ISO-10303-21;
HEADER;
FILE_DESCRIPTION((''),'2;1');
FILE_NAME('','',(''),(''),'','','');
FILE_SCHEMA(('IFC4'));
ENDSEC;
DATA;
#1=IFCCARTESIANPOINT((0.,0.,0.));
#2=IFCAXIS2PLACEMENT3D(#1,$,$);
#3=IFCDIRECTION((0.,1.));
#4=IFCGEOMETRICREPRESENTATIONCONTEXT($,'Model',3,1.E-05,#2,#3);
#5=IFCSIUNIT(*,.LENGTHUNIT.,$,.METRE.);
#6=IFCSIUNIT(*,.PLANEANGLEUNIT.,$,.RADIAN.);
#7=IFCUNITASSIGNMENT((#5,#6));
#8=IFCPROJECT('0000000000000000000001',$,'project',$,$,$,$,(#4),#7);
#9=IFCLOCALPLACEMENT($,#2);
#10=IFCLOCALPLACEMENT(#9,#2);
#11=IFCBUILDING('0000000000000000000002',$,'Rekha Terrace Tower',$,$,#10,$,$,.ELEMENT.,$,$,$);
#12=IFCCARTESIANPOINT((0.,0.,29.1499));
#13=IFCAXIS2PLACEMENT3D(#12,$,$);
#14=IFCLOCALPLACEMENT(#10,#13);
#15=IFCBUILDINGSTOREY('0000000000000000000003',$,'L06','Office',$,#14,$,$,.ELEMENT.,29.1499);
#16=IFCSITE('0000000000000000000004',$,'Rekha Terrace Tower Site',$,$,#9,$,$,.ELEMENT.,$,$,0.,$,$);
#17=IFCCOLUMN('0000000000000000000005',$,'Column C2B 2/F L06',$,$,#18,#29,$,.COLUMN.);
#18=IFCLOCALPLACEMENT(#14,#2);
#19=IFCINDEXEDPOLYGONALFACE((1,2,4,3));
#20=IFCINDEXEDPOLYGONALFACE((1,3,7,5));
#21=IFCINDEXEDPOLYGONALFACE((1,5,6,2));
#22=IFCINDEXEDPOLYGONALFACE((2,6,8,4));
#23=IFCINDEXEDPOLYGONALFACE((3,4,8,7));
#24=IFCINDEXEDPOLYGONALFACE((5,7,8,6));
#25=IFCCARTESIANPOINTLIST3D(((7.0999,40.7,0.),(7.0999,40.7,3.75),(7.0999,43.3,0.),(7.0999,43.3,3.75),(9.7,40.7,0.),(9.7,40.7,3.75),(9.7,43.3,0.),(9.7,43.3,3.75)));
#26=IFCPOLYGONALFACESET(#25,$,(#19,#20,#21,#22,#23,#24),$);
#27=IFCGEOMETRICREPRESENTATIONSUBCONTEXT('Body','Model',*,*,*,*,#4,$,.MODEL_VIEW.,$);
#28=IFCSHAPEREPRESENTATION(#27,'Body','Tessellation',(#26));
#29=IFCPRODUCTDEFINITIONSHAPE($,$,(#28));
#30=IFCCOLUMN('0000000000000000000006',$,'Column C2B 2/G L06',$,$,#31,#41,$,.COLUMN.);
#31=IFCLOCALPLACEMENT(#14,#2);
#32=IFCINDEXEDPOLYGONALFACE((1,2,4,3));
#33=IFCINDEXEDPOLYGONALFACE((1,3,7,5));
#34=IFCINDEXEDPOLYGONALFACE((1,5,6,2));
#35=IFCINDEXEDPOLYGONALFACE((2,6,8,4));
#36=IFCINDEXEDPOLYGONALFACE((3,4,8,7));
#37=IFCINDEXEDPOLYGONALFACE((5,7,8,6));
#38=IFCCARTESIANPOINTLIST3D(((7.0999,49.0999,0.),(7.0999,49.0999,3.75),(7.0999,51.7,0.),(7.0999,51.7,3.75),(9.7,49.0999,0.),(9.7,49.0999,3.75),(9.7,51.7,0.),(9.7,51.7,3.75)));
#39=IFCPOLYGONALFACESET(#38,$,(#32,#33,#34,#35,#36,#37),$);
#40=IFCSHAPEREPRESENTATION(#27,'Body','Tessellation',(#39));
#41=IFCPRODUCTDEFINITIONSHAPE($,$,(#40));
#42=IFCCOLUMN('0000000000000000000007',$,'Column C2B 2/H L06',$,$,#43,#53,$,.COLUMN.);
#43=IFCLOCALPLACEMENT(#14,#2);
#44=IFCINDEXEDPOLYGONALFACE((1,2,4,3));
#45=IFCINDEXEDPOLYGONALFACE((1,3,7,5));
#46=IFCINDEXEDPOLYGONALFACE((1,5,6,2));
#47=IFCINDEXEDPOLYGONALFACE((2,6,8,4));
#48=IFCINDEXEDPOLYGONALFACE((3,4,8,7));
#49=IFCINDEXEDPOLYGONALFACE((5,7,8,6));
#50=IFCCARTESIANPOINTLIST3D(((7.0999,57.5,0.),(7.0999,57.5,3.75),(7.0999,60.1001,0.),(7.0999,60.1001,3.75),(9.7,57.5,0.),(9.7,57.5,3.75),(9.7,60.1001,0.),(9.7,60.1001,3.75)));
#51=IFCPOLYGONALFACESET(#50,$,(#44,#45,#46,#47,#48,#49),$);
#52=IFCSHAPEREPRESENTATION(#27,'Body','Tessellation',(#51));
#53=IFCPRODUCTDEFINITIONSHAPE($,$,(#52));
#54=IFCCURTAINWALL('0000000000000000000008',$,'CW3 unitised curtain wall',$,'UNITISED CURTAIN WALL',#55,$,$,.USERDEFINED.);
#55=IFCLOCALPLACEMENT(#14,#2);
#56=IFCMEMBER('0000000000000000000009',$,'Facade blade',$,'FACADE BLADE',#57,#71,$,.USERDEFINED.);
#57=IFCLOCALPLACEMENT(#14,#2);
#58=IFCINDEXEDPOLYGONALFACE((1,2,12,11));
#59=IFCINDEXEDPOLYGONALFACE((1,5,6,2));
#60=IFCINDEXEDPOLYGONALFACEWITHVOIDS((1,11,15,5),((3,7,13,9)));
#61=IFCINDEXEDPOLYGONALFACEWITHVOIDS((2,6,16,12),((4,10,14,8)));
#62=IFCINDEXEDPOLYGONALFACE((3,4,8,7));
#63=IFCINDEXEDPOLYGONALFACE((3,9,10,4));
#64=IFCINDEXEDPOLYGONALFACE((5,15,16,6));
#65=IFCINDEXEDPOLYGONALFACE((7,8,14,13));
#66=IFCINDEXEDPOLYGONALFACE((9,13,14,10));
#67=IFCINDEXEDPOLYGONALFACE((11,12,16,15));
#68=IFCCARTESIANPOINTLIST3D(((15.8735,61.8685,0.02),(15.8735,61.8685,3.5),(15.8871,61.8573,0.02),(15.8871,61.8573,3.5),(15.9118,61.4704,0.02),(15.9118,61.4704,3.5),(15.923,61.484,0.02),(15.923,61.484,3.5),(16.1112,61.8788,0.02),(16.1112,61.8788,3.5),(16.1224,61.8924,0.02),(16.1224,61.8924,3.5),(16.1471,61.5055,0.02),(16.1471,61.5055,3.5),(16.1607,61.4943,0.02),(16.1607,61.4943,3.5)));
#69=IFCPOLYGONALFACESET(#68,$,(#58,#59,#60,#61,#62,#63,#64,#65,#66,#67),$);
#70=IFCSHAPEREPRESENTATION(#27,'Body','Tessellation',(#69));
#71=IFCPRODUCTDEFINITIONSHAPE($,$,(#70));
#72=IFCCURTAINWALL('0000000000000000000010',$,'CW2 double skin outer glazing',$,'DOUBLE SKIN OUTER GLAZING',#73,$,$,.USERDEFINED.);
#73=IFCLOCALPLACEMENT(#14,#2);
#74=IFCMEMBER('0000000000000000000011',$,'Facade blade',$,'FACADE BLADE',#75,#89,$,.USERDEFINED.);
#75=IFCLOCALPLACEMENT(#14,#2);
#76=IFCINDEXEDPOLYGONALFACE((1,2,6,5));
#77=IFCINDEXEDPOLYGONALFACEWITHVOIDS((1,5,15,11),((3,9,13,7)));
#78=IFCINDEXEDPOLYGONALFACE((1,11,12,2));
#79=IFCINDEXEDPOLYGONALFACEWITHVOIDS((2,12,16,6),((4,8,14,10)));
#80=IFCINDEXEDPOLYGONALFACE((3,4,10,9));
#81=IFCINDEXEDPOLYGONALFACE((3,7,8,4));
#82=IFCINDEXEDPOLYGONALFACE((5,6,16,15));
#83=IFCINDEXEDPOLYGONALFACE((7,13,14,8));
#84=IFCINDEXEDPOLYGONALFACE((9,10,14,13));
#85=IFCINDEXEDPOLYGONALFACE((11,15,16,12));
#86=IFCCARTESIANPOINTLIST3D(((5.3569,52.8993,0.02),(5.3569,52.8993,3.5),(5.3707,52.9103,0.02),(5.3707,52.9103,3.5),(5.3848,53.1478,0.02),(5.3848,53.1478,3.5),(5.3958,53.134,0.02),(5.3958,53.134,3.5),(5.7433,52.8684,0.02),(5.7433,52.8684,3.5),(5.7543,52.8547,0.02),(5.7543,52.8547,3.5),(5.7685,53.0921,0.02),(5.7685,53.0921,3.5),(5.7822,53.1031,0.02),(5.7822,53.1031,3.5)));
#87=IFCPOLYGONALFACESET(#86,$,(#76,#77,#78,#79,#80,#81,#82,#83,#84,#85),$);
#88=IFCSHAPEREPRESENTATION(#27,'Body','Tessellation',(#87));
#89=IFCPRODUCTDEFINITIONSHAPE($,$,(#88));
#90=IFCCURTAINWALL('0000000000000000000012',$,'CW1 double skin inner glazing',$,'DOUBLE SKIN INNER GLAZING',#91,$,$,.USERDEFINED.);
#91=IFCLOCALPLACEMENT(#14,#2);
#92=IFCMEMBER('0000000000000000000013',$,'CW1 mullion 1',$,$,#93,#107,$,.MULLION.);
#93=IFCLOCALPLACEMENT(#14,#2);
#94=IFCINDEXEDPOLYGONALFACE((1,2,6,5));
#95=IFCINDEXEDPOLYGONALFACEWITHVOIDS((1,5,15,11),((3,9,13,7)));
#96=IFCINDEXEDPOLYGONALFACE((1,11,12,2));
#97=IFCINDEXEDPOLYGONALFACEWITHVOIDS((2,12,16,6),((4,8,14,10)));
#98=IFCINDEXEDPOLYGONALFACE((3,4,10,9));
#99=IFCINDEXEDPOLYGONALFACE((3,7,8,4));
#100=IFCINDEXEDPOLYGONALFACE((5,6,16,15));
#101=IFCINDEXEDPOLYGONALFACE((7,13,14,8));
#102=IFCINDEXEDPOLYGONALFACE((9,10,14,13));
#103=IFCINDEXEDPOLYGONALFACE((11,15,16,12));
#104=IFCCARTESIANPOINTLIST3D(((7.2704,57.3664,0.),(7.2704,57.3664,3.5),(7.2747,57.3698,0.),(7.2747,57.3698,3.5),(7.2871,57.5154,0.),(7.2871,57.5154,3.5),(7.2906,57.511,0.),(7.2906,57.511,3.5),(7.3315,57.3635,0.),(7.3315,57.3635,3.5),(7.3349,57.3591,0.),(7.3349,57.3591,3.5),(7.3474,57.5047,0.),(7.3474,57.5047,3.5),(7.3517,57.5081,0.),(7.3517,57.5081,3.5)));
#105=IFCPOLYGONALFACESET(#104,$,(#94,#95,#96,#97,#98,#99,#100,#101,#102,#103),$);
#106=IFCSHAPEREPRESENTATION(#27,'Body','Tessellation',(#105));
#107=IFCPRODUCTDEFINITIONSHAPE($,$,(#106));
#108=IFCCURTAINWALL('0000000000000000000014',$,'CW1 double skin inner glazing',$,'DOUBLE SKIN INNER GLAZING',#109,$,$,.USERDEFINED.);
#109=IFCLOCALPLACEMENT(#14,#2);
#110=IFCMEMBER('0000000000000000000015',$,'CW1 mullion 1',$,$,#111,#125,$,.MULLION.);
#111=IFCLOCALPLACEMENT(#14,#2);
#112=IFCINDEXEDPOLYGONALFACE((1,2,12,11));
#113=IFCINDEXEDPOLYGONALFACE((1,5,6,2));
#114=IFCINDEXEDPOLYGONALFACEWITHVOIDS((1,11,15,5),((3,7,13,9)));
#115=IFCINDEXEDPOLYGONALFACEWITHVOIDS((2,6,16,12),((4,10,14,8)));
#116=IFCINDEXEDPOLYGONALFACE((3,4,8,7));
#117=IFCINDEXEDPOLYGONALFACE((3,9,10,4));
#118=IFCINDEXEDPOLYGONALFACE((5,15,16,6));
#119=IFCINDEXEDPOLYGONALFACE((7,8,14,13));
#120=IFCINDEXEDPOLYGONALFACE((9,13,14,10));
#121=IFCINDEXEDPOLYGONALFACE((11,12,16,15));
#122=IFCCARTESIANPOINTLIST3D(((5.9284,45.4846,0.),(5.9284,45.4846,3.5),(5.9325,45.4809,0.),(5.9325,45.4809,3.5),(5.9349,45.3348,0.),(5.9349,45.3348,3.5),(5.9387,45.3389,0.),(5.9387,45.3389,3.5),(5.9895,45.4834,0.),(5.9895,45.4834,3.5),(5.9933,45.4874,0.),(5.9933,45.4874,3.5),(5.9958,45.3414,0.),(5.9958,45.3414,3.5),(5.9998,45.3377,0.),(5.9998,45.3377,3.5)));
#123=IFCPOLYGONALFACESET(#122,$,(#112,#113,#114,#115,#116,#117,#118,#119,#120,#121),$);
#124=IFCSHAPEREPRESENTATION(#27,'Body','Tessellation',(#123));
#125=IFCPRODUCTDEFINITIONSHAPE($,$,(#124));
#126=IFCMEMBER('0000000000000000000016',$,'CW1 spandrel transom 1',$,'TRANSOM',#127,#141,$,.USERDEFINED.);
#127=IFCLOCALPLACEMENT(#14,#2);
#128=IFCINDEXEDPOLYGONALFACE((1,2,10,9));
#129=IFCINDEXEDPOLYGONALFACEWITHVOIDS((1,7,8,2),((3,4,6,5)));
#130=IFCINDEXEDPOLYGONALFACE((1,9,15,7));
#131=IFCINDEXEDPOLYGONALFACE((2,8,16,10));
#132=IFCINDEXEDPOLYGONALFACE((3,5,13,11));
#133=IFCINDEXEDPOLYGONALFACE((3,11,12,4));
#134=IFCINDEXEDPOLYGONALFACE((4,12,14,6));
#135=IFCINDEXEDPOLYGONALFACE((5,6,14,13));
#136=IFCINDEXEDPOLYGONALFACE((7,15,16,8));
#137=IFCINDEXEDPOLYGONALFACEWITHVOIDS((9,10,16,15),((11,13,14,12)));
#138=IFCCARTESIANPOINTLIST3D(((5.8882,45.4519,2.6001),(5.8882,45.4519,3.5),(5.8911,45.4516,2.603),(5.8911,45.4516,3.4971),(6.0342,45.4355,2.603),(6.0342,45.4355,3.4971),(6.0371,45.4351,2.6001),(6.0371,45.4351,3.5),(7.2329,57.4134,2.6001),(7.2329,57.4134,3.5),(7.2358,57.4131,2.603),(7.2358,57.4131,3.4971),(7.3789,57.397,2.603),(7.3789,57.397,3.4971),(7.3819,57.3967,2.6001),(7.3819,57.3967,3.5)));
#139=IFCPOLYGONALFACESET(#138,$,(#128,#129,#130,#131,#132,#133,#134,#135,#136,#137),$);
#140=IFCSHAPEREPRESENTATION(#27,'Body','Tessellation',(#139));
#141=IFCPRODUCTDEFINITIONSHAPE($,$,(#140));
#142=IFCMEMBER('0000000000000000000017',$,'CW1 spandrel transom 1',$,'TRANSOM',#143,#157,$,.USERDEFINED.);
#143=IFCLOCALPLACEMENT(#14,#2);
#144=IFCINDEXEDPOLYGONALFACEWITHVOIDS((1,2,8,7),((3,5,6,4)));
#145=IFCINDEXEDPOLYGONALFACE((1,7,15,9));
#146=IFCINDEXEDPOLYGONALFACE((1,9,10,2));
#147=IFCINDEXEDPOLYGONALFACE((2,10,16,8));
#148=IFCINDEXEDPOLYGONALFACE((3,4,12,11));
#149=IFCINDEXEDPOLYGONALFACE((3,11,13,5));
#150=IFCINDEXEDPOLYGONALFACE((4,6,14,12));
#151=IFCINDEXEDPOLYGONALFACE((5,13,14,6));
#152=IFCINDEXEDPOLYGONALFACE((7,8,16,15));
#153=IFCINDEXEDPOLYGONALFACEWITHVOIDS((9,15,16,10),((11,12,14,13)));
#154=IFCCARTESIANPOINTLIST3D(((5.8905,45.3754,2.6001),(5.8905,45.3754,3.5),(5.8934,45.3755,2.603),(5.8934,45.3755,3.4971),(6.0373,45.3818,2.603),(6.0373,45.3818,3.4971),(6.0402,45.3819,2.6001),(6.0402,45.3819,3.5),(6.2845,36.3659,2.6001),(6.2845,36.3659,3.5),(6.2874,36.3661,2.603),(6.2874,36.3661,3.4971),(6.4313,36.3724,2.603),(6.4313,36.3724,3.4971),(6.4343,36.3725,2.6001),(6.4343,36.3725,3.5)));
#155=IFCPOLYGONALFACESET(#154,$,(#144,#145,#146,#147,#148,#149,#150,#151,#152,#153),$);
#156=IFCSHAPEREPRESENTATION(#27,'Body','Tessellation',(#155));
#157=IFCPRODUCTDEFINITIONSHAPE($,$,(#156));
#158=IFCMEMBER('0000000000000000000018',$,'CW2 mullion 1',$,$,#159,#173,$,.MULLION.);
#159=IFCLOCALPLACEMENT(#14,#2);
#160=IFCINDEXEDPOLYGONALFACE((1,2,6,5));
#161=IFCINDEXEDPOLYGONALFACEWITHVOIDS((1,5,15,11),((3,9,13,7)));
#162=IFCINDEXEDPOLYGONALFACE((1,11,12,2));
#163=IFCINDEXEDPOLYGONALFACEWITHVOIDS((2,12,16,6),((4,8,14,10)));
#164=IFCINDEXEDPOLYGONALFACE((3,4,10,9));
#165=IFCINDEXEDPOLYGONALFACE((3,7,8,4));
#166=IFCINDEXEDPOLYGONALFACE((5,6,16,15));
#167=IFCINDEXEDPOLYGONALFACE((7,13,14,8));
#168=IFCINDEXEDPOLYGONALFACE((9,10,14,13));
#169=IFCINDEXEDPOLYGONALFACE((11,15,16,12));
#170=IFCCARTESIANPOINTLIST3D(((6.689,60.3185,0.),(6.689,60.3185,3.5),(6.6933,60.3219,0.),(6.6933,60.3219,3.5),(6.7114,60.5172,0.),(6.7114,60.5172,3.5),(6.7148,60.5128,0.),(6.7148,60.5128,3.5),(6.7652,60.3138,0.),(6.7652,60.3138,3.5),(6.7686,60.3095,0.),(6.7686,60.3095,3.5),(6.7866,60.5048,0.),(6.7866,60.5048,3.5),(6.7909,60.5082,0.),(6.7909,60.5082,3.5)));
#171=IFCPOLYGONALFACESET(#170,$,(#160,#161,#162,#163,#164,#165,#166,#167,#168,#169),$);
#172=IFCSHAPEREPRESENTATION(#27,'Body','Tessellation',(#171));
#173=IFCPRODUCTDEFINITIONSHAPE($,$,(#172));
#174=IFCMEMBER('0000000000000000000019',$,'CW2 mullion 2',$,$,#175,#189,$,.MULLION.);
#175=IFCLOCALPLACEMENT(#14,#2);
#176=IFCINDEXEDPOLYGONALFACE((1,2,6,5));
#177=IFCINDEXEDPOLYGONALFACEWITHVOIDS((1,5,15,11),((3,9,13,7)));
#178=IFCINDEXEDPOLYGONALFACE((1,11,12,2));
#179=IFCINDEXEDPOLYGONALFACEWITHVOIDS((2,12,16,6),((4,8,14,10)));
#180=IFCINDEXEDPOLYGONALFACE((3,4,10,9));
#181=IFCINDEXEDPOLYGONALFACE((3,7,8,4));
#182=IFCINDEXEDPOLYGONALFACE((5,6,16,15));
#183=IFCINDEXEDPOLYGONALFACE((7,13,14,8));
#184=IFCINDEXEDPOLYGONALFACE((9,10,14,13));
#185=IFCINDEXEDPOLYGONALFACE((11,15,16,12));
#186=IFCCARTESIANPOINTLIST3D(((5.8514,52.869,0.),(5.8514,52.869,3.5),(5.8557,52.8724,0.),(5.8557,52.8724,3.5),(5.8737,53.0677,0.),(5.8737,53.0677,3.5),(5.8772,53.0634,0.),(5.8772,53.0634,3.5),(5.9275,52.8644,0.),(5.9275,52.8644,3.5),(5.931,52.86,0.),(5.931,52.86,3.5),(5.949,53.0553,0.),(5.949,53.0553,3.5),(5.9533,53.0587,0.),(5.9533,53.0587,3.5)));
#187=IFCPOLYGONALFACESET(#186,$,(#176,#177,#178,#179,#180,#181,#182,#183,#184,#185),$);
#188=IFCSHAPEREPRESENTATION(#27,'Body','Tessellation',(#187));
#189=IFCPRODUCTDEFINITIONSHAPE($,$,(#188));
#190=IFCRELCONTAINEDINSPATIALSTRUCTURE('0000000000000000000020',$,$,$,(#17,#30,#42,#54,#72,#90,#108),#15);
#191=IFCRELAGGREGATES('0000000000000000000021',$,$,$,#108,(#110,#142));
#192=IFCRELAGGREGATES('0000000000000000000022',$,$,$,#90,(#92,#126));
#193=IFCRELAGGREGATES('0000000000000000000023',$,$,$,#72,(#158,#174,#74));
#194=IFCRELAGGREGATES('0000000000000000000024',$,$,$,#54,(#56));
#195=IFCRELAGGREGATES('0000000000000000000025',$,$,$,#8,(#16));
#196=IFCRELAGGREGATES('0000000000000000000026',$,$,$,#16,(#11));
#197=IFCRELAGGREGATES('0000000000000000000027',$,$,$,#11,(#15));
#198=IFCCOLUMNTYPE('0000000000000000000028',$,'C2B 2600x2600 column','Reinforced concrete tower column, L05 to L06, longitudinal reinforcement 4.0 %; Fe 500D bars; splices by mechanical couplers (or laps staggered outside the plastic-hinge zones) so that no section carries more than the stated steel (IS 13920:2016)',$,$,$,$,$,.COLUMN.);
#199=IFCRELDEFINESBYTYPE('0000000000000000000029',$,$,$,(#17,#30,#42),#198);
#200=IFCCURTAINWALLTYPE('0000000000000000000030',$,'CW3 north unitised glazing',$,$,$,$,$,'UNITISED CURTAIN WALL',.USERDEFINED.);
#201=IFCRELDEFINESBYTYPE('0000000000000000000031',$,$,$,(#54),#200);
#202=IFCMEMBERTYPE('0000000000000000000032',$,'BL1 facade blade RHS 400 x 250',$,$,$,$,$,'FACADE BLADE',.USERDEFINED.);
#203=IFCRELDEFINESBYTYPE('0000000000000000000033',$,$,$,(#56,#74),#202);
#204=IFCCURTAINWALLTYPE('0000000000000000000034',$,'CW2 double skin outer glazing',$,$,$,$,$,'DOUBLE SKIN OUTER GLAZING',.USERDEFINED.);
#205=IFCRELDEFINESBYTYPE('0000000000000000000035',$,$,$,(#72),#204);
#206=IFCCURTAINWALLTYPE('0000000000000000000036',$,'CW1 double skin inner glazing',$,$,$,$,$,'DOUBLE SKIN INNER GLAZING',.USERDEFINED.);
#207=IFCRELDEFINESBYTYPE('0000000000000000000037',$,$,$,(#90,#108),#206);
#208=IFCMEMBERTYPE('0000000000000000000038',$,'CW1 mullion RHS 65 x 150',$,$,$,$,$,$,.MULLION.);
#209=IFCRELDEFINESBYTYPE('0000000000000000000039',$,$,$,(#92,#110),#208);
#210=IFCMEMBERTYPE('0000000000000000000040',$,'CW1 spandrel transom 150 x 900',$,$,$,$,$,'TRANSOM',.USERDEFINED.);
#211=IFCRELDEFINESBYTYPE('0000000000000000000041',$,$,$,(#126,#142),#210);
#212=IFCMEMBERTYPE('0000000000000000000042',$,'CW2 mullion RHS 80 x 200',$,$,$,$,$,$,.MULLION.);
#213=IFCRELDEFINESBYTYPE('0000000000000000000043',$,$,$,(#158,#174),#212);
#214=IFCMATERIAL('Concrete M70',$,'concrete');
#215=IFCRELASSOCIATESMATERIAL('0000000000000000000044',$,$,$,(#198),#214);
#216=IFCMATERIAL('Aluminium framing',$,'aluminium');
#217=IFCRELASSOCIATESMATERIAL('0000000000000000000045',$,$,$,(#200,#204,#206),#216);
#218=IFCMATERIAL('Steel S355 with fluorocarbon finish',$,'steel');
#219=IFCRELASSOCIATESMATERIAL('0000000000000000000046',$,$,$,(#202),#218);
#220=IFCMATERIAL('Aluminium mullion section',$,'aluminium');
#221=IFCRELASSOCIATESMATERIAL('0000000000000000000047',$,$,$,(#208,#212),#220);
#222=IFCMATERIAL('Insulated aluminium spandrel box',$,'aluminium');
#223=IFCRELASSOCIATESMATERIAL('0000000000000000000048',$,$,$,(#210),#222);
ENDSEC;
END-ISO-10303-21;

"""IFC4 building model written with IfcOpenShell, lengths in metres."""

from ifc_helpers import new_model, si_unit, direction, frame, origin, origin_2d, place, context, subcontext, project, spatial, rectangle, hollow_rectangle, extrude, material, material_profile, profile_set, type_object, element, aggregate, save


model = new_model("IFC4")

# Units and contexts
model_context = context("Model", 3, precision=1e-05, world=origin(), true_north=direction((0.0, 1.0)))
body_context = subcontext(model_context, "Body", "Model", "MODEL_VIEW")
ifc_project = project(units=[si_unit("LENGTHUNIT", "METRE"), si_unit("PLANEANGLEUNIT", "RADIAN")], contexts=[model_context])

# Site, building, storey
site_placement = place(None, origin())
site = spatial("IfcSite", under=ifc_project, at=site_placement, Name="Rekha Terrace Tower Site", CompositionType="ELEMENT", RefElevation=0.0)
building_placement = place(site_placement, origin())
building = spatial("IfcBuilding", under=site, at=building_placement, Name="Rekha Terrace Tower", CompositionType="ELEMENT")
storey_placement = place(building_placement, frame((0.0, 0.0, 29.1499)))
storey = spatial("IfcBuildingStorey", under=building, at=storey_placement, Name="L06", Description="Office", CompositionType="ELEMENT", Elevation=29.1499)

# Columns
ifc_material_1 = material(Name="Concrete M70", Category="concrete")
ifc_material_profile_1 = material_profile(ifc_material_1, rectangle(XDim=2.6001, YDim=2.6001, at=origin_2d()), Name="RC 2600x2600")
ifc_profile_set_1 = profile_set([ifc_material_profile_1], Name="Concrete M70")
column_type = type_object("IfcColumnType", Name="C2B 2600x2600 column", Description="Reinforced concrete tower column, L05 to L06, longitudinal reinforcement 4.0 %; Fe 500D bars; splices by mechanical couplers (or laps staggered outside the plastic-hinge zones) so that no section carries more than the stated steel (IS 13920:2016)", PredefinedType="COLUMN", material=ifc_profile_set_1)
for number, where, z_axis, x_axis, name in (
    (1, (8.3999, 42.0, 0.0), (0.0, 0.0, 1.0), (1.0, 0.0, 0.0), "Column C2B 2/F L06"),
    (2, (8.3999, 50.3999, 0.0), (0.0, 0.0, 1.0), (1.0, 0.0, 0.0), "Column C2B 2/G L06"),
    (3, (8.3999, 58.8, 0.0), (0.0, 0.0, 1.0), (1.0, 0.0, 0.0), "Column C2B 2/H L06"),
):
    element("IfcColumn", number, at=place(storey_placement, frame(where, z_axis=z_axis, x_axis=x_axis)), inside=storey, type_object=column_type, Name=name, PredefinedType="COLUMN", context=body_context, shape_type="SweptSolid", body=[
        extrude(rectangle(XDim=2.6001, YDim=2.6001, at=origin_2d()), origin(), (0.0, 0.0, 1.0), 3.75),
    ])

# Curtain walls, members
ifc_material_2 = material(Name="Aluminium framing", Category="aluminium")
curtain_wall_type_1 = type_object("IfcCurtainWallType", Name="CW3 north unitised glazing", ElementType="UNITISED CURTAIN WALL", PredefinedType="USERDEFINED", material=ifc_material_2)
curtain_wall_1_placement = place(storey_placement, origin())
curtain_wall_1 = element("IfcCurtainWall", 4, at=curtain_wall_1_placement, inside=storey, type_object=curtain_wall_type_1, Name="CW3 unitised curtain wall", ObjectType="UNITISED CURTAIN WALL", PredefinedType="USERDEFINED")
ifc_material_3 = material(Name="Steel S355 with fluorocarbon finish", Category="steel")
ifc_material_profile_2 = material_profile(ifc_material_3, hollow_rectangle(XDim=0.25, YDim=0.3999, WallThickness=0.0125, at=origin_2d()), Name="RHS400x250x12.5")
ifc_profile_set_2 = profile_set([ifc_material_profile_2], Name="Steel S355 with fluorocarbon finish")
member_type_1 = type_object("IfcMemberType", Name="BL1 facade blade RHS 400 x 250", ElementType="FACADE BLADE", PredefinedType="USERDEFINED", material=ifc_profile_set_2)
member_1_placement = place(storey_placement, frame((16.0171, 61.6814, 0.02), z_axis=(0.0, 0.0, 1.0), x_axis=(-0.995409, -0.095712, 0.0)))
member_1 = element("IfcMember", 5, at=member_1_placement, type_object=member_type_1, Name="Facade blade", ObjectType="FACADE BLADE", PredefinedType="USERDEFINED", context=body_context, shape_type="SweptSolid", body=[
    extrude(hollow_rectangle(XDim=0.25, YDim=0.3999, WallThickness=0.0125, at=origin_2d()), origin(), (0.0, 0.0, 1.0), 3.48),
])
curtain_wall_type_2 = type_object("IfcCurtainWallType", Name="CW2 double skin outer glazing", ElementType="DOUBLE SKIN OUTER GLAZING", PredefinedType="USERDEFINED", material=ifc_material_2)
curtain_wall_2_placement = place(storey_placement, origin())
curtain_wall_2 = element("IfcCurtainWall", 6, at=curtain_wall_2_placement, inside=storey, type_object=curtain_wall_type_2, Name="CW2 double skin outer glazing", ObjectType="DOUBLE SKIN OUTER GLAZING", PredefinedType="USERDEFINED")
member_2_placement = place(storey_placement, frame((5.5696, 53.0012, 0.02), z_axis=(0.0, 0.0, 1.0), x_axis=(-0.111729, -0.993739, 0.0)))
member_2 = element("IfcMember", 7, at=member_2_placement, type_object=member_type_1, Name="Facade blade", ObjectType="FACADE BLADE", PredefinedType="USERDEFINED", context=body_context, shape_type="SweptSolid", body=[
    extrude(hollow_rectangle(XDim=0.25, YDim=0.3999, WallThickness=0.0125, at=origin_2d()), origin(), (0.0, 0.0, 1.0), 3.48),
])
curtain_wall_type_3 = type_object("IfcCurtainWallType", Name="CW1 double skin inner glazing", ElementType="DOUBLE SKIN INNER GLAZING", PredefinedType="USERDEFINED", material=ifc_material_2)
curtain_wall_3_placement = place(storey_placement, origin())
curtain_wall_3 = element("IfcCurtainWall", 8, at=curtain_wall_3_placement, inside=storey, type_object=curtain_wall_type_3, Name="CW1 double skin inner glazing", ObjectType="DOUBLE SKIN INNER GLAZING", PredefinedType="USERDEFINED")
ifc_material_4 = material(Name="Aluminium mullion section", Category="aluminium")
ifc_material_profile_3 = material_profile(ifc_material_4, hollow_rectangle(XDim=0.0649, YDim=0.1499, WallThickness=0.0039, at=origin_2d()), Name="AL RHS 65x150")
ifc_profile_set_3 = profile_set([ifc_material_profile_3], Name="Aluminium mullion section")
member_type_2 = type_object("IfcMemberType", Name="CW1 mullion RHS 65 x 150", PredefinedType="MULLION", material=ifc_profile_set_3)
member_3_placement = place(storey_placement, frame((7.311, 57.4373, 0.0), z_axis=(0.0, 0.0, 1.0), x_axis=(0.993739, -0.11173, 0.0)))
member_3 = element("IfcMember", 9, at=member_3_placement, type_object=member_type_2, Name="CW1 mullion 1", PredefinedType="MULLION", context=body_context, shape_type="SweptSolid", body=[
    extrude(hollow_rectangle(XDim=0.0649, YDim=0.1499, WallThickness=0.0039, at=origin_2d()), origin(), (0.0, 0.0, 1.0), 3.5),
])
curtain_wall_4_placement = place(storey_placement, origin())
curtain_wall_4 = element("IfcCurtainWall", 10, at=curtain_wall_4_placement, inside=storey, type_object=curtain_wall_type_3, Name="CW1 double skin inner glazing", ObjectType="DOUBLE SKIN INNER GLAZING", PredefinedType="USERDEFINED")
member_4_placement = place(storey_placement, frame((5.9641, 45.4111, 0.0), z_axis=(0.0, 0.0, 1.0), x_axis=(0.999045, 0.043683, 0.0)))
member_4 = element("IfcMember", 11, at=member_4_placement, type_object=member_type_2, Name="CW1 mullion 1", PredefinedType="MULLION", context=body_context, shape_type="SweptSolid", body=[
    extrude(hollow_rectangle(XDim=0.0649, YDim=0.1499, WallThickness=0.0039, at=origin_2d()), origin(), (0.0, 0.0, 1.0), 3.5),
])

# Members
ifc_material_5 = material(Name="Insulated aluminium spandrel box", Category="aluminium")
ifc_material_profile_4 = material_profile(ifc_material_5, hollow_rectangle(XDim=0.1499, YDim=0.8999, WallThickness=0.0029, at=origin_2d()), Name="AL SPANDREL BOX 150x900")
ifc_profile_set_4 = profile_set([ifc_material_profile_4], Name="Insulated aluminium spandrel box")
member_type_3 = type_object("IfcMemberType", Name="CW1 spandrel transom 150 x 900", ElementType="TRANSOM", PredefinedType="USERDEFINED", material=ifc_profile_set_4)
member_5_placement = place(storey_placement, frame((7.3074, 57.405, 3.05), z_axis=(-0.111718, -0.99374, 0.0), x_axis=(0.99374, -0.111718, 0.0)))
member_5 = element("IfcMember", 12, at=member_5_placement, type_object=member_type_3, Name="CW1 spandrel transom 1", ObjectType="TRANSOM", PredefinedType="USERDEFINED", context=body_context, shape_type="SweptSolid", body=[
    extrude(hollow_rectangle(XDim=0.1499, YDim=0.8999, WallThickness=0.0029, at=origin_2d()), origin(), (0.0, 0.0, 1.0), 12.0369),
])
member_6_placement = place(storey_placement, frame((5.9653, 45.3787, 3.05), z_axis=(0.043695, -0.999045, 0.0), x_axis=(0.999045, 0.043695, 0.0)))
member_6 = element("IfcMember", 13, at=member_6_placement, type_object=member_type_3, Name="CW1 spandrel transom 1", ObjectType="TRANSOM", PredefinedType="USERDEFINED", context=body_context, shape_type="SweptSolid", body=[
    extrude(hollow_rectangle(XDim=0.1499, YDim=0.8999, WallThickness=0.0029, at=origin_2d()), origin(), (0.0, 0.0, 1.0), 9.0181),
])
aggregate(curtain_wall_4, [member_4, member_6])
ifc_material_profile_5 = material_profile(ifc_material_4, hollow_rectangle(XDim=0.0801, YDim=0.2, WallThickness=0.0039, at=origin_2d()), Name="AL RHS 80x200")
ifc_profile_set_5 = profile_set([ifc_material_profile_5], Name="Aluminium mullion section")
member_type_4 = type_object("IfcMemberType", Name="CW2 mullion RHS 80 x 200", PredefinedType="MULLION", material=ifc_profile_set_5)
member_7_placement = place(storey_placement, frame((6.74, 60.4133, 0.0), z_axis=(0.0, 0.0, 1.0), x_axis=(0.993739, -0.11173, 0.0)))
member_7 = element("IfcMember", 14, at=member_7_placement, type_object=member_type_4, Name="CW2 mullion 1", PredefinedType="MULLION", context=body_context, shape_type="SweptSolid", body=[
    extrude(hollow_rectangle(XDim=0.0801, YDim=0.2, WallThickness=0.0039, at=origin_2d()), origin(), (0.0, 0.0, 1.0), 3.5),
])
member_8_placement = place(storey_placement, frame((5.9023, 52.9639, 0.0), z_axis=(0.0, 0.0, 1.0), x_axis=(0.993739, -0.11173, 0.0)))
member_8 = element("IfcMember", 15, at=member_8_placement, type_object=member_type_4, Name="CW2 mullion 2", PredefinedType="MULLION", context=body_context, shape_type="SweptSolid", body=[
    extrude(hollow_rectangle(XDim=0.0801, YDim=0.2, WallThickness=0.0039, at=origin_2d()), origin(), (0.0, 0.0, 1.0), 3.5),
])

aggregate(curtain_wall_3, [member_3, member_5])
aggregate(curtain_wall_2, [member_7, member_8, member_2])
aggregate(curtain_wall_1, [member_1])

save(model, "model.ifc")
